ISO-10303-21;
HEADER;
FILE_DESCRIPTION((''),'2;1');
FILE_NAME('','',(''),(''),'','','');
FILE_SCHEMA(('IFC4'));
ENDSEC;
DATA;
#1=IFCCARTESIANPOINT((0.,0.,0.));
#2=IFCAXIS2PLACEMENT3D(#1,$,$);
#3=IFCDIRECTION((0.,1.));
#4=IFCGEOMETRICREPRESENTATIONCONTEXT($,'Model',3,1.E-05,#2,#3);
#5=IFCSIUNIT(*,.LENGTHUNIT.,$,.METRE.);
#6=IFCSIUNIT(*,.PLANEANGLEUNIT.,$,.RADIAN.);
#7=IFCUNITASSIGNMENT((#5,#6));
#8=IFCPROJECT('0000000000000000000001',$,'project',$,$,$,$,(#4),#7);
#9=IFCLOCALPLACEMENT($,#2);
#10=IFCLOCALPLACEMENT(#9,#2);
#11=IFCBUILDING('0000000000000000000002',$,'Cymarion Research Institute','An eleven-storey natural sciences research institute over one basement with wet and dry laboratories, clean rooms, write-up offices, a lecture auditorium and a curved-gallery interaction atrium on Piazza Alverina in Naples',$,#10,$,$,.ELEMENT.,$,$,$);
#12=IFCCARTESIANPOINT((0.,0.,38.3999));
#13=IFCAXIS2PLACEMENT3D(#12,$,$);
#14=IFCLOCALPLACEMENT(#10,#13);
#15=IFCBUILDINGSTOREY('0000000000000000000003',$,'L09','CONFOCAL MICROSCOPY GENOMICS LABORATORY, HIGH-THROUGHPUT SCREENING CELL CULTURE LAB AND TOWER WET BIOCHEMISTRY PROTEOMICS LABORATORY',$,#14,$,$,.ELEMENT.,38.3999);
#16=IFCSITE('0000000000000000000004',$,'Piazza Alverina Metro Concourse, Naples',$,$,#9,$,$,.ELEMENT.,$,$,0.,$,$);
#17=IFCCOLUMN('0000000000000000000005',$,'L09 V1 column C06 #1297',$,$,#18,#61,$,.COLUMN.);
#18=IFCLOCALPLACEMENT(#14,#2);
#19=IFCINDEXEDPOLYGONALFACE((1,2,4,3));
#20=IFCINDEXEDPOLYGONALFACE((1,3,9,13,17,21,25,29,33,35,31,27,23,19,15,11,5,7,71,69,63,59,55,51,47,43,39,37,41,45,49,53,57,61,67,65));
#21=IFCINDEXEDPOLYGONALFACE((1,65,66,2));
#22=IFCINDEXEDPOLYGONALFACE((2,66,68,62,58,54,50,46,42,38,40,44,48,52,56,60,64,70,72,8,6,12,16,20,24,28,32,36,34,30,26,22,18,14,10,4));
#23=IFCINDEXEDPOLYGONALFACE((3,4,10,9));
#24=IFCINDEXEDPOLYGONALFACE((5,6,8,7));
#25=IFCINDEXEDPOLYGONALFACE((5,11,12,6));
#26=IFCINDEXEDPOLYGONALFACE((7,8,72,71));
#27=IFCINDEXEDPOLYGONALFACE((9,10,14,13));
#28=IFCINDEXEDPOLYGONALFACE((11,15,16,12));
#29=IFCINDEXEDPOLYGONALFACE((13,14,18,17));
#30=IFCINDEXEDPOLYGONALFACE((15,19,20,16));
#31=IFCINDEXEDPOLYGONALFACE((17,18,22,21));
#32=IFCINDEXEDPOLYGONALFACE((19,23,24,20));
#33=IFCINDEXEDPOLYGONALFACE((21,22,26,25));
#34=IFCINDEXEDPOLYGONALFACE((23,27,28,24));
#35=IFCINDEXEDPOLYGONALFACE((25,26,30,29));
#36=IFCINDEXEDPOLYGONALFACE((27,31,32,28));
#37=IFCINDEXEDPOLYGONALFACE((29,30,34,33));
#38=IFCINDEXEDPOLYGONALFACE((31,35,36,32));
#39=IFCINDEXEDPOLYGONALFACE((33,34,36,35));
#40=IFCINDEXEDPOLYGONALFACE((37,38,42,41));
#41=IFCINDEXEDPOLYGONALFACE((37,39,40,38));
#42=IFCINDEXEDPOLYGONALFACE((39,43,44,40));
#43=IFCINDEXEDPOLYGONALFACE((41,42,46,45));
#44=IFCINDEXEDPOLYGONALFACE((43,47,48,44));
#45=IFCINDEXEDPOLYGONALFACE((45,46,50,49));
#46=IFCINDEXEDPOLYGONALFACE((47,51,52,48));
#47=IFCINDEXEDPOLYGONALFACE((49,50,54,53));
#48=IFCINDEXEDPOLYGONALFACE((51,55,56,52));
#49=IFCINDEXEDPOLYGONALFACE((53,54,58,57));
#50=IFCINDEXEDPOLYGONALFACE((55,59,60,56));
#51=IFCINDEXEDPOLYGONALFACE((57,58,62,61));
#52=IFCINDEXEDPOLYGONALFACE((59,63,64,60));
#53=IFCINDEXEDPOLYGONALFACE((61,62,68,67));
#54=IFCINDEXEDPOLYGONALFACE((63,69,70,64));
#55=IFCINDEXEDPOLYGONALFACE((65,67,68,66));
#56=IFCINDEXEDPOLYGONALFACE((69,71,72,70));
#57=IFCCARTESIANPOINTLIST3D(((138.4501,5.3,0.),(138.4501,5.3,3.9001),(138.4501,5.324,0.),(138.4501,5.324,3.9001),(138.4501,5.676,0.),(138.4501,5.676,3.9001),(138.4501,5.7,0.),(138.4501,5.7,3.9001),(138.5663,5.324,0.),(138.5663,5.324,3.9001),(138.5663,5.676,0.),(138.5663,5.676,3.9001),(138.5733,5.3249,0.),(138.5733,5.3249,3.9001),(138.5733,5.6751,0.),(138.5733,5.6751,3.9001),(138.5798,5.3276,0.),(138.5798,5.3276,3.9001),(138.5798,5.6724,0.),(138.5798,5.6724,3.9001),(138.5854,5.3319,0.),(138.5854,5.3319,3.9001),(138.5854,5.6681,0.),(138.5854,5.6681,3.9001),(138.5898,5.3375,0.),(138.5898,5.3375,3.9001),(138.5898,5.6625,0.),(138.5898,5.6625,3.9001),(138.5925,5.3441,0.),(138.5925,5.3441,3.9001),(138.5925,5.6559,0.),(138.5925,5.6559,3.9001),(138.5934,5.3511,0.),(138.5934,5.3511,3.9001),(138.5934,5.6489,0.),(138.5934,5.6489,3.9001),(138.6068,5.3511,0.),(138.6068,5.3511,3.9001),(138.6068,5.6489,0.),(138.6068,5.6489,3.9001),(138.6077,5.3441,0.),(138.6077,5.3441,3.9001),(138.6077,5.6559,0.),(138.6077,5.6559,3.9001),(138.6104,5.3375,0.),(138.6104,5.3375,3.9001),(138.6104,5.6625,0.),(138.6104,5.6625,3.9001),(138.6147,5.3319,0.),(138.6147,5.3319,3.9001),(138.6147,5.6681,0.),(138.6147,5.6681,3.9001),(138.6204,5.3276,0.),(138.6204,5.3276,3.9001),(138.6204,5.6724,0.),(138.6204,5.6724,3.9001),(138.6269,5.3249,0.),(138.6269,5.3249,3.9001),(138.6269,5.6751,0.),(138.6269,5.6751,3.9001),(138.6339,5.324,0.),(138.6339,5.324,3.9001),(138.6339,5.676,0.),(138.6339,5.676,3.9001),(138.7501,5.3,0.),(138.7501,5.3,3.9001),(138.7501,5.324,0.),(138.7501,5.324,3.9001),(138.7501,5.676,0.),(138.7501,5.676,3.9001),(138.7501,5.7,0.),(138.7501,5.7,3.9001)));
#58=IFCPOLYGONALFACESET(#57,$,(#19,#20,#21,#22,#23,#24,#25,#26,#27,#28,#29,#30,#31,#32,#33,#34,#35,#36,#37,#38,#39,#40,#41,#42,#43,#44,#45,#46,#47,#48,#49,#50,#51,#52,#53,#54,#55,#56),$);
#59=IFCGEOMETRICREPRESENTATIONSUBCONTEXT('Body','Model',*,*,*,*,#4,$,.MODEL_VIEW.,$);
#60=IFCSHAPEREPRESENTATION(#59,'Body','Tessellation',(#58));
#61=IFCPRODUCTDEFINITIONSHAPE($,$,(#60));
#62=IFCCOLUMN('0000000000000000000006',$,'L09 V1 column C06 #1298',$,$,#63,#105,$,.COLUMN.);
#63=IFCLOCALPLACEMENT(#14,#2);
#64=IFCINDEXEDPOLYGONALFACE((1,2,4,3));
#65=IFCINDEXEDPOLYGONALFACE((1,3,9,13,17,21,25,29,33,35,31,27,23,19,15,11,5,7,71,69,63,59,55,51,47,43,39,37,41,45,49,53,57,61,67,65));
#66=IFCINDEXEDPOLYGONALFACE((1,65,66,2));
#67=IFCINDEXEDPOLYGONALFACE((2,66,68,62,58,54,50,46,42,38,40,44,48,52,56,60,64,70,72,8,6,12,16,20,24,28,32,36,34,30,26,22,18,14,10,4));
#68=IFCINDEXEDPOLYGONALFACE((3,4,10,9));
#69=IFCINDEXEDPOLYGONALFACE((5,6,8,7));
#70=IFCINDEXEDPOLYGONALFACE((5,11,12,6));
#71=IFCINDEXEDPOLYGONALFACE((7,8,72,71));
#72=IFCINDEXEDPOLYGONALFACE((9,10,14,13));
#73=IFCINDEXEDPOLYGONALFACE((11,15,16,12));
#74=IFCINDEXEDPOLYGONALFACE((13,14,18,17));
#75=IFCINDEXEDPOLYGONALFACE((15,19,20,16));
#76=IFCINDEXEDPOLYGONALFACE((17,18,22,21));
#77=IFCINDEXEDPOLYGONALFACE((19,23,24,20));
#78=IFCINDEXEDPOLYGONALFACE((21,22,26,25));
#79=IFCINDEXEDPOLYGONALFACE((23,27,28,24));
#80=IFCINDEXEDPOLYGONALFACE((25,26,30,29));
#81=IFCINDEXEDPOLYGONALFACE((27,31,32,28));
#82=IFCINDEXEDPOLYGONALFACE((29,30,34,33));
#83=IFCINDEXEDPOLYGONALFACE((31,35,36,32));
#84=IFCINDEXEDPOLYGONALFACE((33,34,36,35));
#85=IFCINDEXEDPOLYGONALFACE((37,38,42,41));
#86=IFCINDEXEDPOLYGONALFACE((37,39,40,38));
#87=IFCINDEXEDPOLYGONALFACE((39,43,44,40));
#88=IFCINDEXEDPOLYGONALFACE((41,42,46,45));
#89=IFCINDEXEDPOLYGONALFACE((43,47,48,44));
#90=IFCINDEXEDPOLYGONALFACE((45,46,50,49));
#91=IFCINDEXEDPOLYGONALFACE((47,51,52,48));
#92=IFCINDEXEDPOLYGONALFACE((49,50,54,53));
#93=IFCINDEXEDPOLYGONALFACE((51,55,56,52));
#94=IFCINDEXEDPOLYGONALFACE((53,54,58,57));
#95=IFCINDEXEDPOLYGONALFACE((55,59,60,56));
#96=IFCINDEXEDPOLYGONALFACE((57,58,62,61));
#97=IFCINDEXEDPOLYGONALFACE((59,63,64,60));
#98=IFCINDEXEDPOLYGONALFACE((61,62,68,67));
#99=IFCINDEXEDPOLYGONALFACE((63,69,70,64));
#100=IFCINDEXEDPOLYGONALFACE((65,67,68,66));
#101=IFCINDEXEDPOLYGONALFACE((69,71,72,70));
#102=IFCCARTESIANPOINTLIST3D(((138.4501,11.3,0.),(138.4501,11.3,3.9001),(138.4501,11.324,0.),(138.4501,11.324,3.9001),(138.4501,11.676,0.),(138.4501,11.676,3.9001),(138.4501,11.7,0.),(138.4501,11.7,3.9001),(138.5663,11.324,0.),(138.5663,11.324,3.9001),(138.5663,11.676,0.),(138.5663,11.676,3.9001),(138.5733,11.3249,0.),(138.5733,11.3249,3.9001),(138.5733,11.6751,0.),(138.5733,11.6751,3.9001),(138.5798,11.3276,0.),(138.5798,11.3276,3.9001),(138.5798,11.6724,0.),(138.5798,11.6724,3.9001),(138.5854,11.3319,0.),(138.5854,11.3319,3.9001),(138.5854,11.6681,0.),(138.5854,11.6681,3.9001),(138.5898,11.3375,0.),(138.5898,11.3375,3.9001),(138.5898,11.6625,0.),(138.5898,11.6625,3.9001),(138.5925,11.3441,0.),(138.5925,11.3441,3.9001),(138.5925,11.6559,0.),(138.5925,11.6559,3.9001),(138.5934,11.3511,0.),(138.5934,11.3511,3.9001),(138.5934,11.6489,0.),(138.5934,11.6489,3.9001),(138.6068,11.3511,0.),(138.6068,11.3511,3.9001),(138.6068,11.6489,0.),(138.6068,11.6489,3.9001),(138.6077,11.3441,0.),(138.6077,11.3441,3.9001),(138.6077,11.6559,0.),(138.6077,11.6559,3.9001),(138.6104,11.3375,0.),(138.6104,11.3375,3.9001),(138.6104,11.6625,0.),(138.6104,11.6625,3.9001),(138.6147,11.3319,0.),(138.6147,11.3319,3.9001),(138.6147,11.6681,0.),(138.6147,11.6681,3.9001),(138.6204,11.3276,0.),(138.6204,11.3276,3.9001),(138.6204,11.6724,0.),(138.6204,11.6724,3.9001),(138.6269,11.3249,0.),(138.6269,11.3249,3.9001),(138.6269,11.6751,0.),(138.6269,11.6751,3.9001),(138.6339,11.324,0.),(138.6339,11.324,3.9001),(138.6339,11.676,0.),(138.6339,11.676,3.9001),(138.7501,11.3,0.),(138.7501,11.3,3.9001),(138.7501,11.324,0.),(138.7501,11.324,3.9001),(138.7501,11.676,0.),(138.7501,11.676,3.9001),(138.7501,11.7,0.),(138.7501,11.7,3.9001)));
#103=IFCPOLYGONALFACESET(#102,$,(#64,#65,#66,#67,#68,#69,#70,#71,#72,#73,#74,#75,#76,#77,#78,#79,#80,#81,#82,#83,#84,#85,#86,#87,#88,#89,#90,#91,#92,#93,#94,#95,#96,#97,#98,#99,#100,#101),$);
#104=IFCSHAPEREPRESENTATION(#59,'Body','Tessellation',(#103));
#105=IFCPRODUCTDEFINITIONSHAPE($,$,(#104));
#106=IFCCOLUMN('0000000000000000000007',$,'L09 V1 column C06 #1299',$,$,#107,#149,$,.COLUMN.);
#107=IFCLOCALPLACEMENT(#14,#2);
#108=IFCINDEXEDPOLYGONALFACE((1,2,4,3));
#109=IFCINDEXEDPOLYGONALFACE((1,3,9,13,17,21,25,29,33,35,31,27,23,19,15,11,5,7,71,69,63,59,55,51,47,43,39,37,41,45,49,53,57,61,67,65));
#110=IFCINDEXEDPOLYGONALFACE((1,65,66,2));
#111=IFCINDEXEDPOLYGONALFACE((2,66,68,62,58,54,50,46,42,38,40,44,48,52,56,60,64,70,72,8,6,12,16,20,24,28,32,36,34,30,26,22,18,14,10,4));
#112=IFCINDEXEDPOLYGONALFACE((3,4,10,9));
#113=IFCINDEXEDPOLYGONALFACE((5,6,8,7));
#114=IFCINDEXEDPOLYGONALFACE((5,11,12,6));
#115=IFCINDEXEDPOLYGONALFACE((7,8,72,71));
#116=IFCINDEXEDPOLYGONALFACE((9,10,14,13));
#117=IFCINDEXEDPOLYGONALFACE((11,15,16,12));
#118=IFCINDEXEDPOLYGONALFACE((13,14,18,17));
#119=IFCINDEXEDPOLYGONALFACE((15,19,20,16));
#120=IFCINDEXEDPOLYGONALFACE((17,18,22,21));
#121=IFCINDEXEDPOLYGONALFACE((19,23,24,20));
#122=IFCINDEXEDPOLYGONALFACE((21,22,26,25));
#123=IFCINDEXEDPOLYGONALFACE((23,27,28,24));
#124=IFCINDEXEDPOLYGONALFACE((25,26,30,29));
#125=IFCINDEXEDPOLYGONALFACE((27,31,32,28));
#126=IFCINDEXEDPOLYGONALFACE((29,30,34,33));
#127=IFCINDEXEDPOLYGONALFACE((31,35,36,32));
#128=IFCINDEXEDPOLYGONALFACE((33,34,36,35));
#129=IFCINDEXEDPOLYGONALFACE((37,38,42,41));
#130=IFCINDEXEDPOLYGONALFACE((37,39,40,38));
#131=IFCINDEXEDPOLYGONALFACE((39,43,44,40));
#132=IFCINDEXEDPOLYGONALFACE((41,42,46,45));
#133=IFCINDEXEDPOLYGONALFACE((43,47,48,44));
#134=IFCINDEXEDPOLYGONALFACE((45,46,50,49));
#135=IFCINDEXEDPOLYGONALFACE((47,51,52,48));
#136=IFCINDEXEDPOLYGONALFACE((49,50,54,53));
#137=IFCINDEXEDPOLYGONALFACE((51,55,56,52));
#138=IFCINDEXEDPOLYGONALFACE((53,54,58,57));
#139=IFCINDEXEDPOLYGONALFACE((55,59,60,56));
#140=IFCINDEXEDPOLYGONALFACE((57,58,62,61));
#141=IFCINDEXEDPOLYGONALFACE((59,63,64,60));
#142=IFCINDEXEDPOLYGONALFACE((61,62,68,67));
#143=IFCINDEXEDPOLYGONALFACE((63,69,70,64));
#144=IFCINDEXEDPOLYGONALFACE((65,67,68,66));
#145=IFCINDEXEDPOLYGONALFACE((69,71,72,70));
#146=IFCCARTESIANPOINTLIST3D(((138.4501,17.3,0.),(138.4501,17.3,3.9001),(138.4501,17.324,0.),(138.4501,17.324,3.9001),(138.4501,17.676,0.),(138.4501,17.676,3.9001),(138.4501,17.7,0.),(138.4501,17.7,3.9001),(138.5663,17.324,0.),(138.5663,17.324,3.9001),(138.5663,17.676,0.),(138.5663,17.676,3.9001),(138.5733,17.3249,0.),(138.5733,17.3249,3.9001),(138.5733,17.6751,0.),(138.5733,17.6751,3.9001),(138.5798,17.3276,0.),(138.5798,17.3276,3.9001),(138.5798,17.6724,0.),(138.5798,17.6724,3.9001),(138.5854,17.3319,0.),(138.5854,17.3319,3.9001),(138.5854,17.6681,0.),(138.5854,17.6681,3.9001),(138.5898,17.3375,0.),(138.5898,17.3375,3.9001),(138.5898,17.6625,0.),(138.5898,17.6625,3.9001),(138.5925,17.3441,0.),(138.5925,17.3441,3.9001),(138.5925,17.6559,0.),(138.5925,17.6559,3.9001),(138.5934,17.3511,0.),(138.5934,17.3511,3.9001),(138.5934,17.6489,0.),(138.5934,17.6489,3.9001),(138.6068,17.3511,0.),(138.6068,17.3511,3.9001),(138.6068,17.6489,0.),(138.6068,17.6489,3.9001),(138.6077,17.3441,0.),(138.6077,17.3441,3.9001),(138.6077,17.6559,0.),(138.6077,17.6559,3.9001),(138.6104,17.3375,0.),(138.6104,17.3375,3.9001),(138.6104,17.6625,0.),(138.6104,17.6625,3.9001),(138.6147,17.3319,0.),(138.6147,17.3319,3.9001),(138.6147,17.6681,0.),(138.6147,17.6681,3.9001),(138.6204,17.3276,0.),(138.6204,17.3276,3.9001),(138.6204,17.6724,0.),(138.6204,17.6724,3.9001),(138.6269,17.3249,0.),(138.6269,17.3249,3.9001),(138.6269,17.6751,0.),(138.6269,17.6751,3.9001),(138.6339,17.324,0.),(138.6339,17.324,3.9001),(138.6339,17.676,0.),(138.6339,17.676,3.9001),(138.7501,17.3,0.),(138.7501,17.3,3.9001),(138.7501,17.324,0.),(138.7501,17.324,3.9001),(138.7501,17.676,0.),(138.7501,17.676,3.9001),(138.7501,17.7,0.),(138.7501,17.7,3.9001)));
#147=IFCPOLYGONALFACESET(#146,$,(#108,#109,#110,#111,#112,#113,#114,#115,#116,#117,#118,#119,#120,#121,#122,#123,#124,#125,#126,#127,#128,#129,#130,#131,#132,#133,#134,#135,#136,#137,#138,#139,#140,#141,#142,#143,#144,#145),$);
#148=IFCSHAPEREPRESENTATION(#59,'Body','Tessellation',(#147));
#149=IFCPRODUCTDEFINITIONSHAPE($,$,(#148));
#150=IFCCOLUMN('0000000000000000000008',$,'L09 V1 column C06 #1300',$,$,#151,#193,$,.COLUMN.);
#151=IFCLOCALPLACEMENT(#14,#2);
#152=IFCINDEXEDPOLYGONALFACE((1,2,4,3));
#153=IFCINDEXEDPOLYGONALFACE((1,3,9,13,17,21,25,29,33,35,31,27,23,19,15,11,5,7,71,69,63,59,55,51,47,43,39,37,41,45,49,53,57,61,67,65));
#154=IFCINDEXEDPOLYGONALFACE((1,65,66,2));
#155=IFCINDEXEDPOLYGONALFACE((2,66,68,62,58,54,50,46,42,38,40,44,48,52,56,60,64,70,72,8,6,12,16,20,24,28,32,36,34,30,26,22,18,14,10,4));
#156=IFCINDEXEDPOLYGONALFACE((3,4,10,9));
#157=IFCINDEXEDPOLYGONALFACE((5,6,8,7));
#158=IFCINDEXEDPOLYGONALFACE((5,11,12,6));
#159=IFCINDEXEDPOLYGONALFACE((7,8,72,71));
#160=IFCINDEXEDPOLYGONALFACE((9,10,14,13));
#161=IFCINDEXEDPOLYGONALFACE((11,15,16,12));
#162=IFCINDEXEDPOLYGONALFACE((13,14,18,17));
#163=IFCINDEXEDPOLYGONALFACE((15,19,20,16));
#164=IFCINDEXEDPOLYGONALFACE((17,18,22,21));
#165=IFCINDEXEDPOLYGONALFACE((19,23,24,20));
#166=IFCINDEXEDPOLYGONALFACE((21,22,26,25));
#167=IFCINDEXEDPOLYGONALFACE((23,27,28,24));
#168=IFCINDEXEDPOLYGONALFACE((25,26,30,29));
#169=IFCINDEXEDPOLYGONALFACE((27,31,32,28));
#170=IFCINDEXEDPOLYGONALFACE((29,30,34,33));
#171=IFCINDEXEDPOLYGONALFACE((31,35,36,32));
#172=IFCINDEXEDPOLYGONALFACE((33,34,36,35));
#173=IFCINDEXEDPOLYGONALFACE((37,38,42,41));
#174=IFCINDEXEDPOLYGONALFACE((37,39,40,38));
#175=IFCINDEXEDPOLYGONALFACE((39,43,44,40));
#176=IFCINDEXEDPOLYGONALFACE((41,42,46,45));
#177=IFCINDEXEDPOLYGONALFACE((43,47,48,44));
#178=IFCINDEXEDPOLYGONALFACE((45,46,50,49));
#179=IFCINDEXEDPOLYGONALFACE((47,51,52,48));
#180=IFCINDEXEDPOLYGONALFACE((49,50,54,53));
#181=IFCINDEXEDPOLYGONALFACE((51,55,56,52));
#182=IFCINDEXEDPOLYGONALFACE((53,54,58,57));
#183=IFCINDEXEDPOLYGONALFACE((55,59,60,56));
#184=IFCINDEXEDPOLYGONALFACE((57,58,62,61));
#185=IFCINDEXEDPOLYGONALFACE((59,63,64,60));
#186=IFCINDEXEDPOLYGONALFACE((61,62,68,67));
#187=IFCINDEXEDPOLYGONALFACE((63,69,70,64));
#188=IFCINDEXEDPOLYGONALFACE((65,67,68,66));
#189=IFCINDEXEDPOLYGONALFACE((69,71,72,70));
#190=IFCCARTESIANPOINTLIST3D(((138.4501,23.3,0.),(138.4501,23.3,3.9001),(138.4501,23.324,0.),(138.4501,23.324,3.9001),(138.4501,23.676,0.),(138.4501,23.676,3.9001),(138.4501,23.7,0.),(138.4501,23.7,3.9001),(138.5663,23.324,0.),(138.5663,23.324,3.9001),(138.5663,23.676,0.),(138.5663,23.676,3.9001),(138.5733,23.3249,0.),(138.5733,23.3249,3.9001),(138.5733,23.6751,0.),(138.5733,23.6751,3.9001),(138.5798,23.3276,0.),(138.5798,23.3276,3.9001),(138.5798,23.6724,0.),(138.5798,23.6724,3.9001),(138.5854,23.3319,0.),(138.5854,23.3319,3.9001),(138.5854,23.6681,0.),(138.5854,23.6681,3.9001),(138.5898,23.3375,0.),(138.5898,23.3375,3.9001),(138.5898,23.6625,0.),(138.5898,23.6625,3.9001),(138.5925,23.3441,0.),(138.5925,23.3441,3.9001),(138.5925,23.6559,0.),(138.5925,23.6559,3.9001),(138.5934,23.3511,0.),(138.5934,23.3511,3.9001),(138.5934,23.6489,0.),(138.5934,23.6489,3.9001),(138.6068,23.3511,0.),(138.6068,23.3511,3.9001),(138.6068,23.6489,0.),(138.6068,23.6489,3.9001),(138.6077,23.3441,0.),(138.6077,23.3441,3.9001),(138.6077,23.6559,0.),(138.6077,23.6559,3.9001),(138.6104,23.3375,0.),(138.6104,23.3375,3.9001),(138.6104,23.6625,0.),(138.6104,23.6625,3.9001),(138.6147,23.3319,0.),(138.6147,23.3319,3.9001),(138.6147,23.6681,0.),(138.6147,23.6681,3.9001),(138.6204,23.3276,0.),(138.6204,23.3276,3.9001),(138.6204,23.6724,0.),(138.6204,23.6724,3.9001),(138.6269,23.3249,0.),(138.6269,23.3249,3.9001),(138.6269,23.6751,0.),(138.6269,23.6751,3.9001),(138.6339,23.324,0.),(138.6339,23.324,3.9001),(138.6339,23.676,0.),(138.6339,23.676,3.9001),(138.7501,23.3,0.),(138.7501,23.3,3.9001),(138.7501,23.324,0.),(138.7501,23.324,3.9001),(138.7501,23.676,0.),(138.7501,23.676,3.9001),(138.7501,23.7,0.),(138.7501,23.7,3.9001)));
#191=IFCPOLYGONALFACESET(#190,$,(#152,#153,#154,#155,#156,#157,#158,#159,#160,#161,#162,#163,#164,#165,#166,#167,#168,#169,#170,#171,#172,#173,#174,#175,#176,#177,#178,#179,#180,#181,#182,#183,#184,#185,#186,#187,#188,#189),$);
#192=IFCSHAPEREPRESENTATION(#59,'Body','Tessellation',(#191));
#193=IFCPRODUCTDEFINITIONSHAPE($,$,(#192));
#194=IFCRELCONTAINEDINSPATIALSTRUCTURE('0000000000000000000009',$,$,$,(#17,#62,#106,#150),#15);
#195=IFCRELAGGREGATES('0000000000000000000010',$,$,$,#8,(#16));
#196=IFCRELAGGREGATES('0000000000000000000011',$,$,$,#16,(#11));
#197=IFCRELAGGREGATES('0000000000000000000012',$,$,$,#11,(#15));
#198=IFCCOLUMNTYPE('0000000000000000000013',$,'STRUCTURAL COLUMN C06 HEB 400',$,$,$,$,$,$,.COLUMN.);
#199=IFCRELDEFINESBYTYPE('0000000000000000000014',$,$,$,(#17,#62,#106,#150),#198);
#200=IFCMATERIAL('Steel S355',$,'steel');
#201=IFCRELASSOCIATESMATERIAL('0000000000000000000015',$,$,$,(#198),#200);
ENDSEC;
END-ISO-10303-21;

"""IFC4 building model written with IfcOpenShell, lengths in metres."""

from ifc_helpers import new_model, si_unit, direction, frame, origin, origin_2d, place, context, subcontext, project, spatial, i_section, extrude, material, material_profile, profile_set, type_object, element, save


model = new_model("IFC4")

# Units and contexts
model_context = context("Model", 3, precision=1e-05, world=origin(), true_north=direction((0.0, 1.0)))
body_context = subcontext(model_context, "Body", "Model", "MODEL_VIEW")
ifc_project = project(units=[si_unit("LENGTHUNIT", "METRE"), si_unit("PLANEANGLEUNIT", "RADIAN")], contexts=[model_context])

# Site, building, storey
site_placement = place(None, origin())
site = spatial("IfcSite", under=ifc_project, at=site_placement, Name="Piazza Alverina Metro Concourse, Naples", CompositionType="ELEMENT", RefElevation=0.0)
building_placement = place(site_placement, origin())
building = spatial("IfcBuilding", under=site, at=building_placement, Name="Cymarion Research Institute", Description="An eleven-storey natural sciences research institute over one basement with wet and dry laboratories, clean rooms, write-up offices, a lecture auditorium and a curved-gallery interaction atrium on Piazza Alverina in Naples", CompositionType="ELEMENT")
storey_placement = place(building_placement, frame((0.0, 0.0, 38.3999)))
storey = spatial("IfcBuildingStorey", under=building, at=storey_placement, Name="L09", Description="CONFOCAL MICROSCOPY GENOMICS LABORATORY, HIGH-THROUGHPUT SCREENING CELL CULTURE LAB AND TOWER WET BIOCHEMISTRY PROTEOMICS LABORATORY", CompositionType="ELEMENT", Elevation=38.3999)

# Columns
ifc_material_1 = material(Name="Steel S355", Category="steel")
ifc_material_profile_1 = material_profile(ifc_material_1, i_section(OverallWidth=0.3, OverallDepth=0.3999, WebThickness=0.0134, FlangeThickness=0.0239, FilletRadius=0.0271, at=origin_2d()), Name="HEB 400")
ifc_profile_set_1 = profile_set([ifc_material_profile_1], Name="Steel S355")
column_type = type_object("IfcColumnType", Name="STRUCTURAL COLUMN C06 HEB 400", PredefinedType="COLUMN", material=ifc_profile_set_1)
for number, where, z_axis, x_axis, name in (
    (1, (138.6001, 5.5, 0.0), (0.0, 0.0, 1.0), (1.0, 0.0, 0.0), "L09 V1 column C06 #1297"),
    (2, (138.6001, 11.5, 0.0), (0.0, 0.0, 1.0), (1.0, 0.0, 0.0), "L09 V1 column C06 #1298"),
    (3, (138.6001, 17.5, 0.0), (0.0, 0.0, 1.0), (1.0, 0.0, 0.0), "L09 V1 column C06 #1299"),
    (4, (138.6001, 23.5, 0.0), (0.0, 0.0, 1.0), (1.0, 0.0, 0.0), "L09 V1 column C06 #1300"),
):
    element("IfcColumn", number, at=place(storey_placement, frame(where, z_axis=z_axis, x_axis=x_axis)), inside=storey, type_object=column_type, Name=name, PredefinedType="COLUMN", context=body_context, shape_type="SweptSolid", body=[
        extrude(i_section(OverallWidth=0.3, OverallDepth=0.3999, WebThickness=0.0134, FlangeThickness=0.0239, FilletRadius=0.0271, at=origin_2d()), origin(), (0.0, 0.0, 1.0), 3.9001),
    ])

save(model, "model.ifc")
